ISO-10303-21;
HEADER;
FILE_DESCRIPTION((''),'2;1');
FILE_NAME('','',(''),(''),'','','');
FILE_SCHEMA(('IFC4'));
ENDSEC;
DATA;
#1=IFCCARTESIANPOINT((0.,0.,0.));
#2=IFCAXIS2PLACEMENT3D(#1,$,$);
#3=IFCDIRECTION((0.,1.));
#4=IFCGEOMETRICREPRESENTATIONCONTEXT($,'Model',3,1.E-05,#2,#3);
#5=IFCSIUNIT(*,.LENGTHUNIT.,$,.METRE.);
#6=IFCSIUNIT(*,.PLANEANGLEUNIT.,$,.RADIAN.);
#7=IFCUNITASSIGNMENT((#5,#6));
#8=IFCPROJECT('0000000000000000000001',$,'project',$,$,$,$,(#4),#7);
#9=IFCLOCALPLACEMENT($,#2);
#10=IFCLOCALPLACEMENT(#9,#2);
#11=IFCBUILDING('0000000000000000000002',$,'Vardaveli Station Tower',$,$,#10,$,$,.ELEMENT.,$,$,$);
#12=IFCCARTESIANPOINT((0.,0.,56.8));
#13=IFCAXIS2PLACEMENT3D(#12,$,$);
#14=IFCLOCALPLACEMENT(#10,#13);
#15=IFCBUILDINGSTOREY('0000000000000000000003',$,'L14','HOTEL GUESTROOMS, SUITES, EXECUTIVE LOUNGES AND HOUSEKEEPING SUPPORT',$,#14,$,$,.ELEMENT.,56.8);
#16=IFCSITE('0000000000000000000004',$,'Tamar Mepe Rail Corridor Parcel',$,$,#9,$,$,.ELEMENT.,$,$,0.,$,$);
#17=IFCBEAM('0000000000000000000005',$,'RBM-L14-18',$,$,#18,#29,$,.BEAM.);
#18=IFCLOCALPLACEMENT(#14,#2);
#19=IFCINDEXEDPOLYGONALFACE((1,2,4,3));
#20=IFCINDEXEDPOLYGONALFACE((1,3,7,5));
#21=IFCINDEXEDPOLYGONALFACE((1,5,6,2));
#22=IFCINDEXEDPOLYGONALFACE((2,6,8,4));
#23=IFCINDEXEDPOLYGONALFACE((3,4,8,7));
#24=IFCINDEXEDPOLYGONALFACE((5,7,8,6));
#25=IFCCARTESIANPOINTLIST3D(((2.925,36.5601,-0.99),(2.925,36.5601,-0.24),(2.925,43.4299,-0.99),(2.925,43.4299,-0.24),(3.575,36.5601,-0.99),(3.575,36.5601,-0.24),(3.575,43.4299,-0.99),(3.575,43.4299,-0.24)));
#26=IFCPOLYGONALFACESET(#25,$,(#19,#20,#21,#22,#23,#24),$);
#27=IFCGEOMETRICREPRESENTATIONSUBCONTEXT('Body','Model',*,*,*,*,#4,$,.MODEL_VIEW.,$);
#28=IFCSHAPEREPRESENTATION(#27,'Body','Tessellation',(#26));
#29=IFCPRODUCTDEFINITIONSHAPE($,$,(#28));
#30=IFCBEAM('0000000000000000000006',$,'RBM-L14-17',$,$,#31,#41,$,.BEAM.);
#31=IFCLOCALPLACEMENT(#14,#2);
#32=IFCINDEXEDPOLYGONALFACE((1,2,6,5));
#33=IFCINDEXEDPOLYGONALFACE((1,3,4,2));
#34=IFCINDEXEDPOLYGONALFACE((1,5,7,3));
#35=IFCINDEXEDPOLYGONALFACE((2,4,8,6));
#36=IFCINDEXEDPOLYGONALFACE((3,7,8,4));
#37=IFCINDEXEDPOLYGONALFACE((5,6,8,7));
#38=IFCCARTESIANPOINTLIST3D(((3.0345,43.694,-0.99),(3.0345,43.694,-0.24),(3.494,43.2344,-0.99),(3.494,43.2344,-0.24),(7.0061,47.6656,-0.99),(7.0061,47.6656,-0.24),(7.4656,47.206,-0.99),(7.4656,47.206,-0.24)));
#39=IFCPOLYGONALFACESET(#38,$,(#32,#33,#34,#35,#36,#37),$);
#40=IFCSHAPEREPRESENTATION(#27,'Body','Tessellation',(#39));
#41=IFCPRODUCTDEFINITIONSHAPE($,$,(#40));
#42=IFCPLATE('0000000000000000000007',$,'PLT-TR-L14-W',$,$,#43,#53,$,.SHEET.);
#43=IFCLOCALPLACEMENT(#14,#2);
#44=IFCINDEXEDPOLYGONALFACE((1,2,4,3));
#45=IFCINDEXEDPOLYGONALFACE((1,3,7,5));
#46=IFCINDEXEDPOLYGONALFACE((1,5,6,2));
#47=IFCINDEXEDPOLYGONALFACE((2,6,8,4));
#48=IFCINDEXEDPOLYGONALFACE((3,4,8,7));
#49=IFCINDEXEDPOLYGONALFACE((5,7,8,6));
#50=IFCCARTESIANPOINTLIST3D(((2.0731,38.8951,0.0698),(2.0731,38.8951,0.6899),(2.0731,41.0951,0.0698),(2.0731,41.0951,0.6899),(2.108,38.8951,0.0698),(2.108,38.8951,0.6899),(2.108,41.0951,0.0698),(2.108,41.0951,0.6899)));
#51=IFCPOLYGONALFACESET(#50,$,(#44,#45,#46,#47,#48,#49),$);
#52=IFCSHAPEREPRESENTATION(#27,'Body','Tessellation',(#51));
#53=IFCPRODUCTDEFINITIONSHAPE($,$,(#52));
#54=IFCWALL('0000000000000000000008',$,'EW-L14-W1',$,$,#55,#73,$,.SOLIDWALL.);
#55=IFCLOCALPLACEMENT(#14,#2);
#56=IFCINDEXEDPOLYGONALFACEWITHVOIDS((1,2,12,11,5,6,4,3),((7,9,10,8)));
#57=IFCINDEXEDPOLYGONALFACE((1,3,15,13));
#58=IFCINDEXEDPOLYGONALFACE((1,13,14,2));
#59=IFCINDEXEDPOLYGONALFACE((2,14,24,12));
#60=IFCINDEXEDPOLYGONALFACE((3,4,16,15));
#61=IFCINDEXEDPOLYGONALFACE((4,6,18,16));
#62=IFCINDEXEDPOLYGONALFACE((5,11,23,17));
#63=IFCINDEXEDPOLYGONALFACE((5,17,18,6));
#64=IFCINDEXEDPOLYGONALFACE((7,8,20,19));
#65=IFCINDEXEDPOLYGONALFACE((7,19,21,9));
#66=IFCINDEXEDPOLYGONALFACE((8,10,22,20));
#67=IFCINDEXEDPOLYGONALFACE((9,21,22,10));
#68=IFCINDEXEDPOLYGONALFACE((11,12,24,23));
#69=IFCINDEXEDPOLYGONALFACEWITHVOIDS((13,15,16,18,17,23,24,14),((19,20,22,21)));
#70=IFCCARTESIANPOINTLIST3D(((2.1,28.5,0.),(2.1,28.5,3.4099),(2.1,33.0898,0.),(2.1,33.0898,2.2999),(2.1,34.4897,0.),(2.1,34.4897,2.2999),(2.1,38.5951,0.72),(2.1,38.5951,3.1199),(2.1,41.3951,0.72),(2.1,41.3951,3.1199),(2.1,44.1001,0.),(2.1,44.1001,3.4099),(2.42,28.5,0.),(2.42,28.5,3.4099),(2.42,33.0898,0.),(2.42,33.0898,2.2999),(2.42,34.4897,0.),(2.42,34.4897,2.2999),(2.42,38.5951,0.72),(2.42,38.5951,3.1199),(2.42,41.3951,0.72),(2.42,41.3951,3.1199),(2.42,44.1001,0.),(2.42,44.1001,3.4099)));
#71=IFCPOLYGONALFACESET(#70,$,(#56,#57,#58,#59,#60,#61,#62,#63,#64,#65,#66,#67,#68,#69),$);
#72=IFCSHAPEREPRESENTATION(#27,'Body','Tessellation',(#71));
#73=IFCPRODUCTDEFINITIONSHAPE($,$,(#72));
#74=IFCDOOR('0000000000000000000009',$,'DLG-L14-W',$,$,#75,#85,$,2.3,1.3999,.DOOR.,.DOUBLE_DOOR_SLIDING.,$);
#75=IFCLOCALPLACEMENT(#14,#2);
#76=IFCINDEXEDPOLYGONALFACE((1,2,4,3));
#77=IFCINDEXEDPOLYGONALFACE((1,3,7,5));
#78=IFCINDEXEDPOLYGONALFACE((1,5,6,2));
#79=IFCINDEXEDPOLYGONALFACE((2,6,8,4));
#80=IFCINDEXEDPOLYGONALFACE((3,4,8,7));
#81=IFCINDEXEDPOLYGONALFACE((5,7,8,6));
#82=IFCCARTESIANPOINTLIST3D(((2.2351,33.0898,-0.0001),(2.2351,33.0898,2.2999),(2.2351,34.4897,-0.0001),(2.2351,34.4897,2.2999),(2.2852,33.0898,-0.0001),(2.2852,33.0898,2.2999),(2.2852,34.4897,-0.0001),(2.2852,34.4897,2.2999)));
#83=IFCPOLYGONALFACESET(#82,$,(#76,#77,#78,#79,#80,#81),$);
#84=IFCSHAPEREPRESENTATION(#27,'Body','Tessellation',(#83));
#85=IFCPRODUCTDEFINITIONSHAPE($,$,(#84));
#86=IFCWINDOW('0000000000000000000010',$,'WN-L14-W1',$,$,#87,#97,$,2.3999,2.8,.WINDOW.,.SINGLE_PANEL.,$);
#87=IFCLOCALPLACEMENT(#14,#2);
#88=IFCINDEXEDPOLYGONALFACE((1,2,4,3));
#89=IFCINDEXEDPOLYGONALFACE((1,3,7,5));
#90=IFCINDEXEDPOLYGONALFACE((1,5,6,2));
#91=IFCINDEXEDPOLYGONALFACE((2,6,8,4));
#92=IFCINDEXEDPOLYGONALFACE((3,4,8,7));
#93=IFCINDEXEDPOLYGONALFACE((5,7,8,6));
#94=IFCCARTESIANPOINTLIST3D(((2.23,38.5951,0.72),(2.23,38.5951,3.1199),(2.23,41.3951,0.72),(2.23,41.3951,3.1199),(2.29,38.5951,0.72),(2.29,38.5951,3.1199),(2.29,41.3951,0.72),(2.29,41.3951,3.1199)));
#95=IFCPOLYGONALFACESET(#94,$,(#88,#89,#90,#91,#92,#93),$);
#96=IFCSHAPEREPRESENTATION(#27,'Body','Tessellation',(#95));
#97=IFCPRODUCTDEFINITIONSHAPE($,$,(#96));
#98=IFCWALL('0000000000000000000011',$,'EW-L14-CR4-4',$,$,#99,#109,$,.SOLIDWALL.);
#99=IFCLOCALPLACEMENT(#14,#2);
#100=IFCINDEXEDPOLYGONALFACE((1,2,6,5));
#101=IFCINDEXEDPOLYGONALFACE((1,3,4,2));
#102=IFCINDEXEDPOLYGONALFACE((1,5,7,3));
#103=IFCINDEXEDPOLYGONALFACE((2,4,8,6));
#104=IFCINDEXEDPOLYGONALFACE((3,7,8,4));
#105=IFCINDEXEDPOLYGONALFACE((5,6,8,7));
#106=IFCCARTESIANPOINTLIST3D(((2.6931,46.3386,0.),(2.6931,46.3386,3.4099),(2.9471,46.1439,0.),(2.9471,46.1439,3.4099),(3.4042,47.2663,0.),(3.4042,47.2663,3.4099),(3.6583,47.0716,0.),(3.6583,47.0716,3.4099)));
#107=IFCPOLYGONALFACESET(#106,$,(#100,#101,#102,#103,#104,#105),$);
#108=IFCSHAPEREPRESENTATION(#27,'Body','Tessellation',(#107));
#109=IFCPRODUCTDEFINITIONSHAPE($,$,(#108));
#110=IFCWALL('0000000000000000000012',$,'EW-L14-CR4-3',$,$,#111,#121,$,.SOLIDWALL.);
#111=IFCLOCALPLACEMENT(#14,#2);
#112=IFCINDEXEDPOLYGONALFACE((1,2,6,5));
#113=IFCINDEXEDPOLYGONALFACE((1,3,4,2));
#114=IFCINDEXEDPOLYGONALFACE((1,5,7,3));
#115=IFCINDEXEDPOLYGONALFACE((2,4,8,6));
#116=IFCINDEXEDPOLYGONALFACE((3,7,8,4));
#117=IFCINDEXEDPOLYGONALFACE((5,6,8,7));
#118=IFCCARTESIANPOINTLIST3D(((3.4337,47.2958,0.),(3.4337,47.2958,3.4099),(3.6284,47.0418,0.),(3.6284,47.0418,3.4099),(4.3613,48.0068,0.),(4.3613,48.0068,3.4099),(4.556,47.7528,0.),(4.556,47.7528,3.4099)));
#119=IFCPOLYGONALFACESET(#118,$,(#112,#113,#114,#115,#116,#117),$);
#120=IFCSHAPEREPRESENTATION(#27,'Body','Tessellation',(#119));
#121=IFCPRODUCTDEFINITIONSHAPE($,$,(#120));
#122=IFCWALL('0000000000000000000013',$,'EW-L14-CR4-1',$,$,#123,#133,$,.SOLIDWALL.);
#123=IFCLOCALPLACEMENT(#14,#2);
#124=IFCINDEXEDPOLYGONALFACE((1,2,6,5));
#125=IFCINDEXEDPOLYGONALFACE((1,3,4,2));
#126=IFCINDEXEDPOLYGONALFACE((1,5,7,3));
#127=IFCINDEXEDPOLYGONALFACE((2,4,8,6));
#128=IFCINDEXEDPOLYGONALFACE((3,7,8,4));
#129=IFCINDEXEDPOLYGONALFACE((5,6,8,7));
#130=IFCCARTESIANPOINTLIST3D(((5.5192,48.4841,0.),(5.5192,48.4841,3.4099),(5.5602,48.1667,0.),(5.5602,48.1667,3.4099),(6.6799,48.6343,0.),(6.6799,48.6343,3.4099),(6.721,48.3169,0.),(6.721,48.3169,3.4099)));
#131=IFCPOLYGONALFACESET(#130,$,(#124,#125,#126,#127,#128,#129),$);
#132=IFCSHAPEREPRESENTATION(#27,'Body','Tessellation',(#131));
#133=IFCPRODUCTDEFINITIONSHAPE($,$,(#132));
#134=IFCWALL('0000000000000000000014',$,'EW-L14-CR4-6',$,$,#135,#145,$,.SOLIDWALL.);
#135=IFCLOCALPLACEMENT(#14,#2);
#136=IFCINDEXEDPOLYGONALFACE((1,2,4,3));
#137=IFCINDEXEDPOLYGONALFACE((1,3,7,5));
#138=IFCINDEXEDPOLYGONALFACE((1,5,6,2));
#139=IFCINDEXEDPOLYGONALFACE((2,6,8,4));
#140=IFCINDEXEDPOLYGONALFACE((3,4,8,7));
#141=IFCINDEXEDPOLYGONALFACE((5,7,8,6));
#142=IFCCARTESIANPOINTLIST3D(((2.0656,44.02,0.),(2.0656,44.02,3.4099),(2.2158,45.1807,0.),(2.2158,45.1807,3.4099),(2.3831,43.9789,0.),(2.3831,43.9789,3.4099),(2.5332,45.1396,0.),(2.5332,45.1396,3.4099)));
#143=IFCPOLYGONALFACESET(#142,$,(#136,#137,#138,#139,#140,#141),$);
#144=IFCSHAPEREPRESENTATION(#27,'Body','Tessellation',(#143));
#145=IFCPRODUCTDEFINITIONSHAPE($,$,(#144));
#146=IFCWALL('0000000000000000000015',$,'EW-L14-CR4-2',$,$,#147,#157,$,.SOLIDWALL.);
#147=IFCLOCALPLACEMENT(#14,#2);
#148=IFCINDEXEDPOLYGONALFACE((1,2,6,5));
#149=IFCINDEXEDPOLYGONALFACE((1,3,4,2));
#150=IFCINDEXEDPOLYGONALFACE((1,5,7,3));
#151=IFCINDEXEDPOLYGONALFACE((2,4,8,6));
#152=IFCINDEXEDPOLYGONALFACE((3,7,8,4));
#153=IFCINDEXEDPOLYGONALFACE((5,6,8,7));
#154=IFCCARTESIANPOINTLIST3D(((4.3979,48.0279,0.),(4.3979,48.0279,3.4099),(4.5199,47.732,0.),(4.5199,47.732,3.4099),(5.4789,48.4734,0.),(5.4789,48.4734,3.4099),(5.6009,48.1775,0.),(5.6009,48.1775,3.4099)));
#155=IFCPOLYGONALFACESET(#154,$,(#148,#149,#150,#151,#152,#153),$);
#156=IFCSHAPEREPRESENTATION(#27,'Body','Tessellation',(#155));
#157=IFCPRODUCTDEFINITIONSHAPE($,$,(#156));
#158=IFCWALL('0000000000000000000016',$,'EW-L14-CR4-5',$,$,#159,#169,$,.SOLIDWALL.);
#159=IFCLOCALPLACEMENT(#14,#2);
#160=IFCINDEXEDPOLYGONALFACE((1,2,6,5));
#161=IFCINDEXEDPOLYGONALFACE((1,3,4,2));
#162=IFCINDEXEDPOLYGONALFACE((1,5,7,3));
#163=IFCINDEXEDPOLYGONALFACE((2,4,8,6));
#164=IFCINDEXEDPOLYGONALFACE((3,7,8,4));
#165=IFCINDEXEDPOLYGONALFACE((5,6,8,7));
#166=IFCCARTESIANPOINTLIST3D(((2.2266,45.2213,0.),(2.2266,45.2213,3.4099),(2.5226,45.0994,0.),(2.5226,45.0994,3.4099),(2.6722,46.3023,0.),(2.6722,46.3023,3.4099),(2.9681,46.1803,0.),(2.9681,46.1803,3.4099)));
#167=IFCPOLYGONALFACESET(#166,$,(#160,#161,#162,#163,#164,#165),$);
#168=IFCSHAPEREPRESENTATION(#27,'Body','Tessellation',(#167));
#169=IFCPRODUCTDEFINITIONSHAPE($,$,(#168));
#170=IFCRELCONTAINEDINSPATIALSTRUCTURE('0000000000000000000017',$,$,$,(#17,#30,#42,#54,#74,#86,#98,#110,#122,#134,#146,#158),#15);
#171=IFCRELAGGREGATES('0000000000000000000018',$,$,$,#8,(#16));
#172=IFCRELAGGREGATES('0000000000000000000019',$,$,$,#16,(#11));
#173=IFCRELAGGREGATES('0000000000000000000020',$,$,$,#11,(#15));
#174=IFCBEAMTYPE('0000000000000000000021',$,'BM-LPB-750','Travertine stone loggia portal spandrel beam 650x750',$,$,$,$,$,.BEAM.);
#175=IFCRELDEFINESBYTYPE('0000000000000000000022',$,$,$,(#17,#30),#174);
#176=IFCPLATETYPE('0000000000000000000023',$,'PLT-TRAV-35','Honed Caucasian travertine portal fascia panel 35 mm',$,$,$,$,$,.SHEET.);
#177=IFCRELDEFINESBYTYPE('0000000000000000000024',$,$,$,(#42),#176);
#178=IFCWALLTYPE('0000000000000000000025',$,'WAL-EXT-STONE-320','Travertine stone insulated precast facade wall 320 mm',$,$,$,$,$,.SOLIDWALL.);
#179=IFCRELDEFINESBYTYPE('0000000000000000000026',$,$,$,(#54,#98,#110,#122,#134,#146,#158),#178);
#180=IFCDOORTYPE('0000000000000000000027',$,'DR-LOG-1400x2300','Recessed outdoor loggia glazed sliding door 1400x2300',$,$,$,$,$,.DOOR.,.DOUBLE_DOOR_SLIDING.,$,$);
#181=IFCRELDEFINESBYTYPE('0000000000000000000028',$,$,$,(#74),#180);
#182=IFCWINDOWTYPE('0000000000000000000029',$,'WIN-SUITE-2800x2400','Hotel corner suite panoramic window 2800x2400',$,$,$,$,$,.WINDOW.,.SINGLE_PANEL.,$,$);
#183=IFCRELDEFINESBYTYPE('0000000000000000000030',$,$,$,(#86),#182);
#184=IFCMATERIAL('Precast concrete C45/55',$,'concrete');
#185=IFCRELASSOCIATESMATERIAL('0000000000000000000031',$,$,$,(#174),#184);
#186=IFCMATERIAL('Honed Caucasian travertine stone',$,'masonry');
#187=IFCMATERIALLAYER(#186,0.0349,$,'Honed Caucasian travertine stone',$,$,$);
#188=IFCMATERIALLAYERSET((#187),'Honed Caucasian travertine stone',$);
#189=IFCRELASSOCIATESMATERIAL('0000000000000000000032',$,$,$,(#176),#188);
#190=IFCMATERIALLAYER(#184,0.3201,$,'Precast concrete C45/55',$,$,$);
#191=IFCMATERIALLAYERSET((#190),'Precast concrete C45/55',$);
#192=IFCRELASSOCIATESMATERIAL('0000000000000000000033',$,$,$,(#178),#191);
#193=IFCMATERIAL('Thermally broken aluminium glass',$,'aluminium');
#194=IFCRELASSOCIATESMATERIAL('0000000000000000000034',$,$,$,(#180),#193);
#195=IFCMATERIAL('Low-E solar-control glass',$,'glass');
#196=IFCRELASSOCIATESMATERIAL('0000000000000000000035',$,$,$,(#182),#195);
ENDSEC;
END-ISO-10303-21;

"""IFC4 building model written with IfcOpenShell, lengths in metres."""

from ifc_helpers import new_model, si_unit, direction, frame, frame_2d, origin, origin_2d, place, context, subcontext, project, spatial, rectangle, extrude, source, transform, mapped, material, layer, layer_set, material_profile, profile_set, type_object, element, fill, save


model = new_model("IFC4")

# Units and contexts
model_context = context("Model", 3, precision=1e-05, world=origin(), true_north=direction((0.0, 1.0)))
body_context = subcontext(model_context, "Body", "Model", "MODEL_VIEW")
ifc_project = project(units=[si_unit("LENGTHUNIT", "METRE"), si_unit("PLANEANGLEUNIT", "RADIAN")], contexts=[model_context])

# Site, building, storey
site_placement = place(None, origin())
site = spatial("IfcSite", under=ifc_project, at=site_placement, Name="Tamar Mepe Rail Corridor Parcel", CompositionType="ELEMENT", RefElevation=0.0)
building_placement = place(site_placement, origin())
building = spatial("IfcBuilding", under=site, at=building_placement, Name="Vardaveli Station Tower", CompositionType="ELEMENT")
storey_placement = place(building_placement, frame((0.0, 0.0, 56.8)))
storey = spatial("IfcBuildingStorey", under=building, at=storey_placement, Name="L14", Description="HOTEL GUESTROOMS, SUITES, EXECUTIVE LOUNGES AND HOUSEKEEPING SUPPORT", CompositionType="ELEMENT", Elevation=56.8)

# Beams
ifc_material_1 = material(Name="Precast concrete C45/55", Category="concrete")
ifc_material_profile_1 = material_profile(ifc_material_1, rectangle(XDim=0.6499, YDim=0.75, at=origin_2d()), Name="LPB 650x750")
ifc_profile_set_1 = profile_set([ifc_material_profile_1], Name="Precast concrete C45/55")
beam_type = type_object("IfcBeamType", Name="BM-LPB-750", Description="Travertine stone loggia portal spandrel beam 650x750", PredefinedType="BEAM", material=ifc_profile_set_1)
shared_shape_1 = source(origin(), body_context, "Body", "SweptSolid", [
    extrude(rectangle(XDim=0.6499, YDim=0.75, at=origin_2d()), origin(), (0.0, 0.0, 1.0), 6.8699),
])
for number, where, z_axis, x_axis, name in (
    (1, (3.25, 43.4299, -0.615), (0.0, -1.0, 0.0), (1.0, 0.0, 0.0), "RBM-L14-18"),
):
    element("IfcBeam", number, at=place(storey_placement, frame(where, z_axis=z_axis, x_axis=x_axis)), inside=storey, type_object=beam_type, Name=name, PredefinedType="BEAM", context=body_context, shape_type="MappedRepresentation", body=[
        mapped(shared_shape_1, transform((0.0, 0.0, 0.0), scale=1.0)),
    ])
shared_shape_2 = source(origin(), body_context, "Body", "SweptSolid", [
    extrude(rectangle(XDim=0.6499, YDim=0.75, at=origin_2d()), origin(), (0.0, 0.0, 1.0), 5.6167),
])
beam_1_placement = place(storey_placement, frame((7.2358, 47.4358, -0.615), z_axis=(-0.707107, -0.707107, 0.0), x_axis=(0.707107, -0.707107, 0.0)))
element("IfcBeam", 2, at=beam_1_placement, inside=storey, type_object=beam_type, Name="RBM-L14-17", PredefinedType="BEAM", context=body_context, shape_type="MappedRepresentation", body=[
    mapped(shared_shape_2, transform((0.0, 0.0, 0.0), scale=1.0)),
])

# Plate
ifc_material_2 = material(Name="Honed Caucasian travertine stone", Category="masonry")
ifc_layer_1 = layer(ifc_material_2, 0.0349, Name="Honed Caucasian travertine stone")
ifc_layer_set_1 = layer_set([ifc_layer_1], Name="Honed Caucasian travertine stone")
plate_type = type_object("IfcPlateType", Name="PLT-TRAV-35", Description="Honed Caucasian travertine portal fascia panel 35 mm", PredefinedType="SHEET", material=ifc_layer_set_1)
shared_shape_3 = source(origin(), body_context, "Body", "SweptSolid", [
    extrude(rectangle(XDim=2.2, YDim=0.0349, at=origin_2d()), origin(), (0.0, 0.0, 1.0), 0.6201),
])
plate_placement = place(storey_placement, frame((2.0906, 39.9951, 0.0698), z_axis=(0.0, 0.0, 1.0), x_axis=(0.0, 1.0, 0.0)))
element("IfcPlate", 3, at=plate_placement, inside=storey, type_object=plate_type, Name="PLT-TR-L14-W", PredefinedType="SHEET", context=body_context, shape_type="MappedRepresentation", body=[
    mapped(shared_shape_3, transform((0.0, 0.0, 0.0), scale=1.0)),
])

# Wall, openings, door, window
ifc_layer_2 = layer(ifc_material_1, 0.3201, Name="Precast concrete C45/55")
ifc_layer_set_2 = layer_set([ifc_layer_2], Name="Precast concrete C45/55")
wall_type_1 = type_object("IfcWallType", Name="WAL-EXT-STONE-320", Description="Travertine stone insulated precast facade wall 320 mm", PredefinedType="SOLIDWALL", material=ifc_layer_set_2)
shared_shape_4 = source(origin(), body_context, "Body", "SweptSolid", [
    extrude(rectangle(XDim=15.6001, YDim=0.3201, at=frame_2d((7.8, 0.0))), origin(), (0.0, 0.0, 1.0), 3.4099),
])
wall_1_placement = place(storey_placement, frame((2.26, 44.1001, 0.0), z_axis=(0.0, 0.0, 1.0), x_axis=(0.0, -1.0, 0.0)))
wall_1 = element("IfcWall", 4, at=wall_1_placement, inside=storey, type_object=wall_type_1, Name="EW-L14-W1", PredefinedType="SOLIDWALL", context=body_context, shape_type="MappedRepresentation", body=[
    mapped(shared_shape_4, transform((0.0, 0.0, 0.0), scale=1.0)),
])
shared_shape_5 = source(origin(), body_context, "Body", "SweptSolid", [
    extrude(rectangle(XDim=1.3999, YDim=2.3, at=frame_2d((0.7, 1.1499))), frame((0.0, 0.1699, 0.0), z_axis=(0.0, -1.0, 0.0), x_axis=(1.0, 0.0, 0.0)), (0.0, 0.0, 1.0), 0.3401),
])
opening_1_placement = place(wall_1_placement, frame((9.6104, 0.0, 0.0)))
opening_1 = element("IfcOpeningElement", 5, at=opening_1_placement, cuts=wall_1, PredefinedType="OPENING", context=body_context, shape_type="MappedRepresentation", body=[
    mapped(shared_shape_5, transform((0.0, 0.0, 0.0), scale=1.0)),
])
shared_shape_6 = source(origin(), body_context, "Body", "SweptSolid", [
    extrude(rectangle(XDim=2.8, YDim=2.3999, at=frame_2d((1.3999, 1.2))), frame((0.0, 0.1699, 0.0), z_axis=(0.0, -1.0, 0.0), x_axis=(1.0, 0.0, 0.0)), (0.0, 0.0, 1.0), 0.3401),
])
opening_2_placement = place(wall_1_placement, frame((2.7051, 0.0, 0.72)))
opening_2 = element("IfcOpeningElement", 6, at=opening_2_placement, cuts=wall_1, PredefinedType="OPENING", context=body_context, shape_type="MappedRepresentation", body=[
    mapped(shared_shape_6, transform((0.0, 0.0, 0.0), scale=1.0)),
])
ifc_material_3 = material(Name="Thermally broken aluminium glass", Category="aluminium")
door_type_1 = type_object("IfcDoorType", Name="DR-LOG-1400x2300", Description="Recessed outdoor loggia glazed sliding door 1400x2300", OperationType="DOUBLE_DOOR_SLIDING", PredefinedType="DOOR", material=ifc_material_3)
shared_shape_7 = source(origin(), body_context, "Body", "SweptSolid", [
    extrude(rectangle(XDim=1.3999, YDim=2.3, at=frame_2d((0.7, 1.1499))), frame((0.0, 0.0249, 0.0), z_axis=(0.0, -1.0, 0.0), x_axis=(1.0, 0.0, 0.0)), (0.0, 0.0, 1.0), 0.05),
])
door_1_placement = place(opening_1_placement, frame((1.3999, 0.0, 0.0), z_axis=(0.0, 0.0, 1.0), x_axis=(-1.0, 0.0, 0.0)))
door_1 = element("IfcDoor", 7, at=door_1_placement, inside=storey, type_object=door_type_1, Name="DLG-L14-W", OperationType="DOUBLE_DOOR_SLIDING", OverallHeight=2.3, OverallWidth=1.3999, PredefinedType="DOOR", context=body_context, shape_type="MappedRepresentation", body=[
    mapped(shared_shape_7, transform((0.0, 0.0, 0.0), scale=1.0)),
])
fill(opening_1, door_1)
ifc_material_4 = material(Name="Low-E solar-control glass", Category="glass")
window_type = type_object("IfcWindowType", Name="WIN-SUITE-2800x2400", Description="Hotel corner suite panoramic window 2800x2400", PartitioningType="SINGLE_PANEL", PredefinedType="WINDOW", material=ifc_material_4)
shared_shape_8 = source(origin(), body_context, "Body", "SweptSolid", [
    extrude(rectangle(XDim=2.8, YDim=2.3999, at=frame_2d((1.3999, 1.2))), frame((0.0, 0.03, 0.0), z_axis=(0.0, -1.0, 0.0), x_axis=(1.0, 0.0, 0.0)), (0.0, 0.0, 1.0), 0.0601),
])
window_placement = place(opening_2_placement, origin())
window = element("IfcWindow", 8, at=window_placement, inside=storey, type_object=window_type, Name="WN-L14-W1", OverallHeight=2.3999, OverallWidth=2.8, PartitioningType="SINGLE_PANEL", PredefinedType="WINDOW", context=body_context, shape_type="MappedRepresentation", body=[
    mapped(shared_shape_8, transform((0.0, 0.0, 0.0), scale=1.0)),
])
fill(opening_2, window)

# Walls
shared_shape_9 = source(origin(), body_context, "Body", "SweptSolid", [
    extrude(rectangle(XDim=1.1689, YDim=0.3201, at=frame_2d((0.5845, 0.0))), origin(), (0.0, 0.0, 1.0), 3.4099),
])
wall_2_placement = place(storey_placement, frame((3.5312, 47.1689, 0.0), z_axis=(0.0, 0.0, 1.0), x_axis=(-0.608388, -0.79364, 0.0)))
element("IfcWall", 9, at=wall_2_placement, inside=storey, type_object=wall_type_1, Name="EW-L14-CR4-4", PredefinedType="SOLIDWALL", context=body_context, shape_type="MappedRepresentation", body=[
    mapped(shared_shape_9, transform((0.0, 0.0, 0.0), scale=1.0)),
])
shared_shape_10 = source(origin(), body_context, "Body", "SweptSolid", [
    extrude(rectangle(XDim=1.1687, YDim=0.3201, at=frame_2d((0.5845, 0.0))), origin(), (0.0, 0.0, 1.0), 3.4099),
])
wall_3_placement = place(storey_placement, frame((4.4587, 47.8799, 0.0), z_axis=(0.0, 0.0, 1.0), x_axis=(-0.793664, -0.608357, 0.0)))
element("IfcWall", 10, at=wall_3_placement, inside=storey, type_object=wall_type_1, Name="EW-L14-CR4-3", PredefinedType="SOLIDWALL", context=body_context, shape_type="MappedRepresentation", body=[
    mapped(shared_shape_10, transform((0.0, 0.0, 0.0), scale=1.0)),
])
shared_shape_11 = source(origin(), body_context, "Body", "SweptSolid", [
    extrude(rectangle(XDim=1.1704, YDim=0.3201, at=frame_2d((0.5852, 0.0))), origin(), (0.0, 0.0, 1.0), 3.4099),
])
for number, where, z_axis, x_axis, name in (
    (11, (6.7004, 48.4756, 0.0), (0.0, 0.0, 1.0), (-0.991736, -0.128296, 0.0), "EW-L14-CR4-1"),
    (12, (2.3745, 45.1602, 0.0), (0.0, 0.0, 1.0), (-0.128296, -0.991736, 0.0), "EW-L14-CR4-6"),
):
    element("IfcWall", number, at=place(storey_placement, frame(where, z_axis=z_axis, x_axis=x_axis)), inside=storey, type_object=wall_type_1, Name=name, PredefinedType="SOLIDWALL", context=body_context, shape_type="MappedRepresentation", body=[
        mapped(shared_shape_11, transform((0.0, 0.0, 0.0), scale=1.0)),
    ])
shared_shape_12 = source(origin(), body_context, "Body", "SweptSolid", [
    extrude(rectangle(XDim=1.1692, YDim=0.3201, at=frame_2d((0.5845, 0.0))), origin(), (0.0, 0.0, 1.0), 3.4099),
])
for number, where, z_axis, x_axis, name in (
    (13, (5.5398, 48.3254, 0.0), (0.0, 0.0, 1.0), (-0.924553, -0.381054, 0.0), "EW-L14-CR4-2"),
    (14, (2.8201, 46.2412, 0.0), (0.0, 0.0, 1.0), (-0.381054, -0.924553, 0.0), "EW-L14-CR4-5"),
):
    element("IfcWall", number, at=place(storey_placement, frame(where, z_axis=z_axis, x_axis=x_axis)), inside=storey, type_object=wall_type_1, Name=name, PredefinedType="SOLIDWALL", context=body_context, shape_type="MappedRepresentation", body=[
        mapped(shared_shape_12, transform((0.0, 0.0, 0.0), scale=1.0)),
    ])

save(model, "model.ifc")
